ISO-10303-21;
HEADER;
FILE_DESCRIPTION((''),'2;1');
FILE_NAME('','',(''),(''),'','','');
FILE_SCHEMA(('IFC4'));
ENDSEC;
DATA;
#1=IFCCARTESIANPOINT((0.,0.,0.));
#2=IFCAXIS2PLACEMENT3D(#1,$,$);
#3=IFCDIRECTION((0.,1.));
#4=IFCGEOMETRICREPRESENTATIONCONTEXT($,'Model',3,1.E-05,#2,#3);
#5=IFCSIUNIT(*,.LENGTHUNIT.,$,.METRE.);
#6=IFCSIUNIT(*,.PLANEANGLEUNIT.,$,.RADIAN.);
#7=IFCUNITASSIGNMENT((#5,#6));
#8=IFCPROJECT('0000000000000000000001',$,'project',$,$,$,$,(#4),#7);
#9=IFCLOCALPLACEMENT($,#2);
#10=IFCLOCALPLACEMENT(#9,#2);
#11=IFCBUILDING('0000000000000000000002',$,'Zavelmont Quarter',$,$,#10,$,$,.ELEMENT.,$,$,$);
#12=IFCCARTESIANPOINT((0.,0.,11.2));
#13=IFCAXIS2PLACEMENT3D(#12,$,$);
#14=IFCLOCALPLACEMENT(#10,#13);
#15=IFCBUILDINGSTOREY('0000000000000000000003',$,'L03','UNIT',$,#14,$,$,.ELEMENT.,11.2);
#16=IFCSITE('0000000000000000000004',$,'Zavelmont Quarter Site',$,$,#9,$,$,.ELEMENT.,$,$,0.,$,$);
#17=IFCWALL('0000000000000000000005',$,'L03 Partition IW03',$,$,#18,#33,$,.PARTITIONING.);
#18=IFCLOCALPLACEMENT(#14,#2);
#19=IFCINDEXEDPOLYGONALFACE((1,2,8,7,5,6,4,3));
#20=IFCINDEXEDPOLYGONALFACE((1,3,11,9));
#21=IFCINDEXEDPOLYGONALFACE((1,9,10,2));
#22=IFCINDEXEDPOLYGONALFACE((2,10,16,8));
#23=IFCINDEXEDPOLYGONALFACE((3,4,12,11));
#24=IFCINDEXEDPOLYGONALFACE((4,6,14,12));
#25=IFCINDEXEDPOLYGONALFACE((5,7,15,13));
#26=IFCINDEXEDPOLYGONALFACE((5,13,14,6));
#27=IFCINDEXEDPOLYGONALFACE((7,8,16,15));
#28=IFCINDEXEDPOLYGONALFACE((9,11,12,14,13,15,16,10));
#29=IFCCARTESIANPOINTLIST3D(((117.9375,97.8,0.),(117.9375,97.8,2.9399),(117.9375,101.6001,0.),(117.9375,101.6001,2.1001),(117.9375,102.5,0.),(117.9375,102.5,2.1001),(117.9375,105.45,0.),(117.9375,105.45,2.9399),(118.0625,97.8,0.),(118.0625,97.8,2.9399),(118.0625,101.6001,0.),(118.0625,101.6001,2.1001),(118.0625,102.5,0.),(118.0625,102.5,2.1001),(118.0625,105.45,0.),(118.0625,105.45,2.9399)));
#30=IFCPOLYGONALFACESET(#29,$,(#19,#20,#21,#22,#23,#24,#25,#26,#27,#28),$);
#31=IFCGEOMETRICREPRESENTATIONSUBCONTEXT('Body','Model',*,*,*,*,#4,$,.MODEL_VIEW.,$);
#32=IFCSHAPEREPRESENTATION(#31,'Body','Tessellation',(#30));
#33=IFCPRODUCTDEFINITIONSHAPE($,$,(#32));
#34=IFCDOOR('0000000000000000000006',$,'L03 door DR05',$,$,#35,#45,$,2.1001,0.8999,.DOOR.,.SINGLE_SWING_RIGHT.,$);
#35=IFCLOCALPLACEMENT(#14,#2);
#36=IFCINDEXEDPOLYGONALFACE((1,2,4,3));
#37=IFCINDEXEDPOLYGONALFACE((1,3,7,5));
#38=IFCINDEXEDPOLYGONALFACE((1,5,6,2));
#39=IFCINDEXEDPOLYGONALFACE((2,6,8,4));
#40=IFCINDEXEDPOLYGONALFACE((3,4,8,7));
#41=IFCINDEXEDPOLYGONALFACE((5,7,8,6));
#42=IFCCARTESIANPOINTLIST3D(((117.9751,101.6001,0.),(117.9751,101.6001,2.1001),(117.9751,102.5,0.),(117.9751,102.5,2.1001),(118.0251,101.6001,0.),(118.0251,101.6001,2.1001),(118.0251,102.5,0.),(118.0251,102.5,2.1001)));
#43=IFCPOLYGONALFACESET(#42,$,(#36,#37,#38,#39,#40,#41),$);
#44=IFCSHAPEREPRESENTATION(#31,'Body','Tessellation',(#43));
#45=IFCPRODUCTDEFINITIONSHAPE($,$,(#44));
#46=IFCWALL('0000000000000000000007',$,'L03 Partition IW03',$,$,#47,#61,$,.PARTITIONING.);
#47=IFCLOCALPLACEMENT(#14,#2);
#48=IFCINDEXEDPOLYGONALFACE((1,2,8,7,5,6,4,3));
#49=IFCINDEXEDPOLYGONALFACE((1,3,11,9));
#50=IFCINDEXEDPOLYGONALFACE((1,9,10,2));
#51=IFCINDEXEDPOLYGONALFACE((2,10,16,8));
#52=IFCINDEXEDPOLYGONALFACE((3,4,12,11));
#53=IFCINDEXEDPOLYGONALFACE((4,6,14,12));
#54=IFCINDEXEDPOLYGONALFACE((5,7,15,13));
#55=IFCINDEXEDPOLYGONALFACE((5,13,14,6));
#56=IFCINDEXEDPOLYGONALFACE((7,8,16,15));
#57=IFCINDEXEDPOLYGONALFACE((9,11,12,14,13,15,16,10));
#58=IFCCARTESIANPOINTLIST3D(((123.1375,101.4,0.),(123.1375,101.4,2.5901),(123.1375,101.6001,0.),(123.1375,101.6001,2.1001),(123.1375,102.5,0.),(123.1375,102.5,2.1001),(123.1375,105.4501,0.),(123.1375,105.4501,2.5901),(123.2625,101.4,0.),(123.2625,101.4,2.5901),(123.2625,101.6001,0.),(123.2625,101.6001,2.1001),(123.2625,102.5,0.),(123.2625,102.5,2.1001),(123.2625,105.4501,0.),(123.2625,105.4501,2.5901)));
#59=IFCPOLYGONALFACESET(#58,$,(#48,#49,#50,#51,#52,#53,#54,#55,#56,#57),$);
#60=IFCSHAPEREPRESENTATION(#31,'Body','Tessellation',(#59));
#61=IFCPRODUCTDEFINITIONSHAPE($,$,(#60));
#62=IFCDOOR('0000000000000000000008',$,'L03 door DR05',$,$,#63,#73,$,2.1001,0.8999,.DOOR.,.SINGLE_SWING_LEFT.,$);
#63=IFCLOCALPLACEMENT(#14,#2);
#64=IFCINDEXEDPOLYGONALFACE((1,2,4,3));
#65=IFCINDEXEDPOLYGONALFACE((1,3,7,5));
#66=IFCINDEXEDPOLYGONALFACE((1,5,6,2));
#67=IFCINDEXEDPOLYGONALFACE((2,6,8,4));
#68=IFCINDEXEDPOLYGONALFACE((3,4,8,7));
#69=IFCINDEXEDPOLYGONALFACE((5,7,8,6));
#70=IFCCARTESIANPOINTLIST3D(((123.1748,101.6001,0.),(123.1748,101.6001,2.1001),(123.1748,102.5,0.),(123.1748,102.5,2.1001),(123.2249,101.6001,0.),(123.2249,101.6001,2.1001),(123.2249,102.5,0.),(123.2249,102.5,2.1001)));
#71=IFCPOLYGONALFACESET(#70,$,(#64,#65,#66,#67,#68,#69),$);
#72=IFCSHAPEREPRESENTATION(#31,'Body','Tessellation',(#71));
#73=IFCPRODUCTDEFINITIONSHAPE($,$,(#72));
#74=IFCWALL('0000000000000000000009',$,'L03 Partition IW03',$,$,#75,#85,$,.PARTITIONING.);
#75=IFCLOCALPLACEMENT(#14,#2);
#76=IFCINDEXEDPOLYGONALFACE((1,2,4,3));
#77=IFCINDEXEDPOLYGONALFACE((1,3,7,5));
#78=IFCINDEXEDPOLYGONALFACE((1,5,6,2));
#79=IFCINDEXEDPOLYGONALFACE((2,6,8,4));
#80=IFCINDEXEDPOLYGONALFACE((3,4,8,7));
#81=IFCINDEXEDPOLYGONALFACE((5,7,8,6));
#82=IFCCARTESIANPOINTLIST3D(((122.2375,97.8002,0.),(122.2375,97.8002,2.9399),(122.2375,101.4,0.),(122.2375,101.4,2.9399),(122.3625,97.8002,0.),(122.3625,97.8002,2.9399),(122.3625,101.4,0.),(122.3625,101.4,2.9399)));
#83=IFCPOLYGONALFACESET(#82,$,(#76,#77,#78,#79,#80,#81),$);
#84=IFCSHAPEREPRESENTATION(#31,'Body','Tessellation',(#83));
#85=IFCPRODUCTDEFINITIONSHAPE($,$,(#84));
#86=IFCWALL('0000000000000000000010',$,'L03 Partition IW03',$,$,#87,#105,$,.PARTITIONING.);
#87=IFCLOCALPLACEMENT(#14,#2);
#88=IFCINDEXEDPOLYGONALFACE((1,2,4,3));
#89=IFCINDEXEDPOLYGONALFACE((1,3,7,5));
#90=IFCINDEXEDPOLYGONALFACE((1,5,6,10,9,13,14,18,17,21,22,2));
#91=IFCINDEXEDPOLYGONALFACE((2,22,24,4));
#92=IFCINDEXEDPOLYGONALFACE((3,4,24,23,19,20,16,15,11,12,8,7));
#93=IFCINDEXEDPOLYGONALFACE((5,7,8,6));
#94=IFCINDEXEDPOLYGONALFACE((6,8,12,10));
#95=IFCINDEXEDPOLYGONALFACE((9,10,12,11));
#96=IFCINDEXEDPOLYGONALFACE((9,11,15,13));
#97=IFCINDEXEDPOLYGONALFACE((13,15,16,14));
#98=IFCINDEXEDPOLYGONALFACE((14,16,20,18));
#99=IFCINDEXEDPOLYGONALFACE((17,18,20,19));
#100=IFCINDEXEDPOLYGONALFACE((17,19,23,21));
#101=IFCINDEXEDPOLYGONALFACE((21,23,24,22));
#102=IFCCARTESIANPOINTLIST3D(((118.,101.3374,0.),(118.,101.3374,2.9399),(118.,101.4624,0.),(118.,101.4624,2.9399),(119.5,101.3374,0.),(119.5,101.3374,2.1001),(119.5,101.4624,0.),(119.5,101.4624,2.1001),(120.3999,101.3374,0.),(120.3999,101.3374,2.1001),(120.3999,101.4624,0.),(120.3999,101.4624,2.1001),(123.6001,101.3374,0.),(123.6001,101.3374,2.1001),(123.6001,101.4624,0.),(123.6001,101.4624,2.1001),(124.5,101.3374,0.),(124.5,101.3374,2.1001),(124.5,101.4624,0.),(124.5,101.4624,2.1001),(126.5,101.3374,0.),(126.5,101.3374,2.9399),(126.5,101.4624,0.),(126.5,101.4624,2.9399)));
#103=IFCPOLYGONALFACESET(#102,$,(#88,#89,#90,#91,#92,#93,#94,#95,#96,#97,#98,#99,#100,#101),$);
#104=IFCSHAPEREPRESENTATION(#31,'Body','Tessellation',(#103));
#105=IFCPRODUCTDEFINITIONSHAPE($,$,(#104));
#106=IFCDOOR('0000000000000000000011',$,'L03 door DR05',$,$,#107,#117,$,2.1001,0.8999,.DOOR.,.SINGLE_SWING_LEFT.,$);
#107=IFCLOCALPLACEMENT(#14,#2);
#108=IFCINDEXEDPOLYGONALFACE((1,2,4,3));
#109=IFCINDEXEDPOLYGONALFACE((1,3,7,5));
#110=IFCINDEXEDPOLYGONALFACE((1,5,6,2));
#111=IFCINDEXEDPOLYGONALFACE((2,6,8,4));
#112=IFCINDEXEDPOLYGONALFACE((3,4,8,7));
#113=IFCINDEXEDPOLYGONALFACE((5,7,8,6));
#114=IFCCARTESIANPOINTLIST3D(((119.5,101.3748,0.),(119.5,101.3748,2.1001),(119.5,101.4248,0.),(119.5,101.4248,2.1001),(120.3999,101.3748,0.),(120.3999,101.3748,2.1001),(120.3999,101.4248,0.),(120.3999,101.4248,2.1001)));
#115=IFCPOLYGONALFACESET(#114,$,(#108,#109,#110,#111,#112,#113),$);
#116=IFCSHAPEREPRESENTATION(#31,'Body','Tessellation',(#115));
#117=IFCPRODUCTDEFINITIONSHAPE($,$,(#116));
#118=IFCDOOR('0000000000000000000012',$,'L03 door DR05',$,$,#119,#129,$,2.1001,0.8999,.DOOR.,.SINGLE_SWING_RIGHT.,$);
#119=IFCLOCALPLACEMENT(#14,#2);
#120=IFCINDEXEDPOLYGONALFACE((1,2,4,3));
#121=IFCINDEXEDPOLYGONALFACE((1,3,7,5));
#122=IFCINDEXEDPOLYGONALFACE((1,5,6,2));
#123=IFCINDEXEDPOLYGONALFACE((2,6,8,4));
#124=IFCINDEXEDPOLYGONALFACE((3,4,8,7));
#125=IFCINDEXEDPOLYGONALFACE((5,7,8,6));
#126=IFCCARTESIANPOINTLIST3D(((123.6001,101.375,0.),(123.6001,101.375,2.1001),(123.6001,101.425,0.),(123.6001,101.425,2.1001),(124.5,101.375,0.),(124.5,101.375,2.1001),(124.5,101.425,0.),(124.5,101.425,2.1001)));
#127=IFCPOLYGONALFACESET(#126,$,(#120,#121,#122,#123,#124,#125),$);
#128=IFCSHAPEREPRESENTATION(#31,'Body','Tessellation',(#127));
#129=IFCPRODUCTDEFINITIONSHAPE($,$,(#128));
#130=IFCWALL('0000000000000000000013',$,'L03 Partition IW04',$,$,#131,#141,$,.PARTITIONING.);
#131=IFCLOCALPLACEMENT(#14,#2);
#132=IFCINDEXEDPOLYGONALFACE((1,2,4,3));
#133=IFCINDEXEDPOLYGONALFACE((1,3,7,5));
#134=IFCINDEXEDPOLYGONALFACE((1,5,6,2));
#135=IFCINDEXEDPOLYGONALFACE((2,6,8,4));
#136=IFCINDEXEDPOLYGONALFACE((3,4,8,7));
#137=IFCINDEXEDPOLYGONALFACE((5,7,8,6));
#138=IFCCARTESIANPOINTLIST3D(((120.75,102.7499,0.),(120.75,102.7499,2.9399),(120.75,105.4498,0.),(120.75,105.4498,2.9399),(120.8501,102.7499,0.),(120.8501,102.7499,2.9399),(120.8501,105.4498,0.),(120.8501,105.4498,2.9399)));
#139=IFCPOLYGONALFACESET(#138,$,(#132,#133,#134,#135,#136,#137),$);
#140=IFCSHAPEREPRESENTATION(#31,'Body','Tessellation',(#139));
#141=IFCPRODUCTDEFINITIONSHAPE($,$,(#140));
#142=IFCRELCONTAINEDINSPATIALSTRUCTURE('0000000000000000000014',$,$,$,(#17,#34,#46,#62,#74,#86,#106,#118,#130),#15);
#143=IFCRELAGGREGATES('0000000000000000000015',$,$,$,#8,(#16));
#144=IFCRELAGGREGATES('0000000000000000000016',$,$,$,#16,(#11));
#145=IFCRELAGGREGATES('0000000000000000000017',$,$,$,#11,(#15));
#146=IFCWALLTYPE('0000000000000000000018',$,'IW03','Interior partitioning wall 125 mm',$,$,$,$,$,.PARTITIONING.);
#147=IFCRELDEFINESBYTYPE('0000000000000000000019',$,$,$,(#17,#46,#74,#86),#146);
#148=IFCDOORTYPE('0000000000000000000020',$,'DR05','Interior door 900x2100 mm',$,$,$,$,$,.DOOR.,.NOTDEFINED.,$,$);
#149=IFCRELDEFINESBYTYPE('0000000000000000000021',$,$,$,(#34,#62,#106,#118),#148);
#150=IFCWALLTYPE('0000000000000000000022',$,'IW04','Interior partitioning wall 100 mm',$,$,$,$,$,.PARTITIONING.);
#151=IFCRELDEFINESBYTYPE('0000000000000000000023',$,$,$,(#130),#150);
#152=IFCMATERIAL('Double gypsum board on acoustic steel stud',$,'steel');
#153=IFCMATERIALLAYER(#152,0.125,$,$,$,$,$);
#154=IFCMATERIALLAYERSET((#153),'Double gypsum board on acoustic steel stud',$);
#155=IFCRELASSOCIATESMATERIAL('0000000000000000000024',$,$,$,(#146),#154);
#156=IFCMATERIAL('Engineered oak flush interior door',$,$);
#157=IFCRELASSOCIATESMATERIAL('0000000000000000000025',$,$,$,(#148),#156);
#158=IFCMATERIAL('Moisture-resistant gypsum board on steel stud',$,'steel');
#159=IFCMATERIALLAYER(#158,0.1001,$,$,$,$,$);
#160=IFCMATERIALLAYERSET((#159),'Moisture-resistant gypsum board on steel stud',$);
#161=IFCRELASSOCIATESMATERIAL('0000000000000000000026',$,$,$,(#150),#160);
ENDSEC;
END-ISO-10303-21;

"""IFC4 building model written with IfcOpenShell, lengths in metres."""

from ifc_helpers import new_model, si_unit, direction, frame, frame_2d, origin, origin_with_axes, place, context, subcontext, project, spatial, rectangle, extrude, material, layer, layer_set, type_object, element, fill, save


model = new_model("IFC4")

# Units and contexts
model_context = context("Model", 3, precision=1e-05, world=origin(), true_north=direction((0.0, 1.0)))
body_context = subcontext(model_context, "Body", "Model", "MODEL_VIEW")
ifc_project = project(units=[si_unit("LENGTHUNIT", "METRE"), si_unit("PLANEANGLEUNIT", "RADIAN")], contexts=[model_context])

# Site, building, storey
site_placement = place(None, origin())
site = spatial("IfcSite", under=ifc_project, at=site_placement, Name="Zavelmont Quarter Site", CompositionType="ELEMENT", RefElevation=0.0)
building_placement = place(site_placement, origin())
building = spatial("IfcBuilding", under=site, at=building_placement, Name="Zavelmont Quarter", CompositionType="ELEMENT")
storey_placement = place(building_placement, frame((0.0, 0.0, 11.2)))
storey = spatial("IfcBuildingStorey", under=building, at=storey_placement, Name="L03", Description="UNIT", CompositionType="ELEMENT", Elevation=11.2)

# Walls, openings, doors
ifc_material_1 = material(Name="Double gypsum board on acoustic steel stud", Category="steel")
ifc_layer_1 = layer(ifc_material_1, 0.125)
ifc_layer_set_1 = layer_set([ifc_layer_1], Name="Double gypsum board on acoustic steel stud")
wall_type_1 = type_object("IfcWallType", Name="IW03", Description="Interior partitioning wall 125 mm", PredefinedType="PARTITIONING", material=ifc_layer_set_1)
wall_1_placement = place(storey_placement, frame((118.0, 105.45, 0.0), z_axis=(0.0, 0.0, 1.0), x_axis=(0.0, -1.0, 0.0)))
wall_1 = element("IfcWall", 1, at=wall_1_placement, inside=storey, type_object=wall_type_1, Name="L03 Partition IW03", PredefinedType="PARTITIONING", context=body_context, shape_type="SweptSolid", body=[
    extrude(rectangle(XDim=7.6499, YDim=0.125, at=frame_2d((3.825, 0.0))), origin(), (0.0, 0.0, 1.0), 2.9399),
])
opening_1_placement = place(wall_1_placement, frame((2.95, 0.0, 0.0)))
opening_1 = element("IfcOpeningElement", 2, at=opening_1_placement, cuts=wall_1, PredefinedType="OPENING", context=body_context, shape_type="SweptSolid", body=[
    extrude(rectangle(XDim=0.8999, YDim=2.1001, at=frame_2d((0.45, 1.05))), frame((0.0, 0.0745, 0.0), z_axis=(0.0, -1.0, 0.0), x_axis=(1.0, 0.0, 0.0)), (0.0, 0.0, 1.0), 0.1489),
])
ifc_material_2 = material(Name="Engineered oak flush interior door")
door_type_1 = type_object("IfcDoorType", Name="DR05", Description="Interior door 900x2100 mm", OperationType="NOTDEFINED", PredefinedType="DOOR", material=ifc_material_2)
door_1_placement = place(opening_1_placement, frame((0.8999, 0.0, 0.0), z_axis=(0.0, 0.0, 1.0), x_axis=(-1.0, 0.0, 0.0)))
door_1 = element("IfcDoor", 3, at=door_1_placement, inside=storey, type_object=door_type_1, Name="L03 door DR05", OperationType="SINGLE_SWING_RIGHT", OverallHeight=2.1001, OverallWidth=0.8999, PredefinedType="DOOR", context=body_context, shape_type="SweptSolid", body=[
    extrude(rectangle(XDim=0.8999, YDim=2.1001, at=frame_2d((0.45, 1.05))), frame((0.0, 0.0249, 0.0), z_axis=(0.0, -1.0, 0.0), x_axis=(1.0, 0.0, 0.0)), (0.0, 0.0, 1.0), 0.05),
])
fill(opening_1, door_1)
wall_2_placement = place(storey_placement, frame((123.2, 105.45, 0.0), z_axis=(0.0, 0.0, 1.0), x_axis=(0.0, -1.0, 0.0)))
wall_2 = element("IfcWall", 4, at=wall_2_placement, inside=storey, type_object=wall_type_1, Name="L03 Partition IW03", PredefinedType="PARTITIONING", context=body_context, shape_type="SweptSolid", body=[
    extrude(rectangle(XDim=4.05, YDim=0.125, at=frame_2d((2.0249, 0.0))), origin(), (0.0, 0.0, 1.0), 2.5901),
])
opening_2_placement = place(wall_2_placement, frame((2.95, 0.0, 0.0)))
opening_2 = element("IfcOpeningElement", 5, at=opening_2_placement, cuts=wall_2, PredefinedType="OPENING", context=body_context, shape_type="SweptSolid", body=[
    extrude(rectangle(XDim=0.8999, YDim=2.1001, at=frame_2d((0.45, 1.05))), frame((0.0, 0.0745, 0.0), z_axis=(0.0, -1.0, 0.0), x_axis=(1.0, 0.0, 0.0)), (0.0, 0.0, 1.0), 0.1489),
])
door_2_placement = place(opening_2_placement, origin_with_axes())
door_2 = element("IfcDoor", 6, at=door_2_placement, inside=storey, type_object=door_type_1, Name="L03 door DR05", OperationType="SINGLE_SWING_LEFT", OverallHeight=2.1001, OverallWidth=0.8999, PredefinedType="DOOR", context=body_context, shape_type="SweptSolid", body=[
    extrude(rectangle(XDim=0.8999, YDim=2.1001, at=frame_2d((0.45, 1.05))), frame((0.0, 0.0249, 0.0), z_axis=(0.0, -1.0, 0.0), x_axis=(1.0, 0.0, 0.0)), (0.0, 0.0, 1.0), 0.05),
])
fill(opening_2, door_2)

# Wall
wall_3_placement = place(storey_placement, frame((122.3, 101.3999, 0.0), z_axis=(0.0, 0.0, 1.0), x_axis=(0.0, -1.0, 0.0)))
element("IfcWall", 7, at=wall_3_placement, inside=storey, type_object=wall_type_1, Name="L03 Partition IW03", PredefinedType="PARTITIONING", context=body_context, shape_type="SweptSolid", body=[
    extrude(rectangle(XDim=3.5999, YDim=0.125, at=frame_2d((1.7998, 0.0))), origin(), (0.0, 0.0, 1.0), 2.9399),
])

# Wall, openings, doors
wall_4_placement = place(storey_placement, frame((118.0, 101.3999, 0.0), z_axis=(0.0, 0.0, 1.0), x_axis=(1.0, 0.0, 0.0)))
wall_4 = element("IfcWall", 8, at=wall_4_placement, inside=storey, type_object=wall_type_1, Name="L03 Partition IW03", PredefinedType="PARTITIONING", context=body_context, shape_type="SweptSolid", body=[
    extrude(rectangle(XDim=8.5, YDim=0.125, at=frame_2d((4.25, 0.0))), origin(), (0.0, 0.0, 1.0), 2.9399),
])
opening_3_placement = place(wall_4_placement, frame((1.5, 0.0, 0.0)))
opening_3 = element("IfcOpeningElement", 9, at=opening_3_placement, cuts=wall_4, PredefinedType="OPENING", context=body_context, shape_type="SweptSolid", body=[
    extrude(rectangle(XDim=0.8999, YDim=2.1001, at=frame_2d((0.45, 1.05))), frame((0.0, 0.0745, 0.0), z_axis=(0.0, -1.0, 0.0), x_axis=(1.0, 0.0, 0.0)), (0.0, 0.0, 1.0), 0.1489),
])
opening_4_placement = place(wall_4_placement, frame((5.6001, 0.0, 0.0)))
opening_4 = element("IfcOpeningElement", 10, at=opening_4_placement, cuts=wall_4, PredefinedType="OPENING", context=body_context, shape_type="SweptSolid", body=[
    extrude(rectangle(XDim=0.8999, YDim=2.1001, at=frame_2d((0.45, 1.05))), frame((0.0, 0.0745, 0.0), z_axis=(0.0, -1.0, 0.0), x_axis=(1.0, 0.0, 0.0)), (0.0, 0.0, 1.0), 0.1489),
])
door_3_placement = place(opening_3_placement, origin_with_axes())
door_3 = element("IfcDoor", 11, at=door_3_placement, inside=storey, type_object=door_type_1, Name="L03 door DR05", OperationType="SINGLE_SWING_LEFT", OverallHeight=2.1001, OverallWidth=0.8999, PredefinedType="DOOR", context=body_context, shape_type="SweptSolid", body=[
    extrude(rectangle(XDim=0.8999, YDim=2.1001, at=frame_2d((0.45, 1.05))), frame((0.0, 0.0249, 0.0), z_axis=(0.0, -1.0, 0.0), x_axis=(1.0, 0.0, 0.0)), (0.0, 0.0, 1.0), 0.05),
])
fill(opening_3, door_3)
door_4_placement = place(opening_4_placement, frame((0.8999, 0.0, 0.0), z_axis=(0.0, 0.0, 1.0), x_axis=(-1.0, 0.0, 0.0)))
door_4 = element("IfcDoor", 12, at=door_4_placement, inside=storey, type_object=door_type_1, Name="L03 door DR05", OperationType="SINGLE_SWING_RIGHT", OverallHeight=2.1001, OverallWidth=0.8999, PredefinedType="DOOR", context=body_context, shape_type="SweptSolid", body=[
    extrude(rectangle(XDim=0.8999, YDim=2.1001, at=frame_2d((0.45, 1.05))), frame((0.0, 0.0249, 0.0), z_axis=(0.0, -1.0, 0.0), x_axis=(1.0, 0.0, 0.0)), (0.0, 0.0, 1.0), 0.05),
])
fill(opening_4, door_4)

# Wall
ifc_material_3 = material(Name="Moisture-resistant gypsum board on steel stud", Category="steel")
ifc_layer_2 = layer(ifc_material_3, 0.1001)
ifc_layer_set_2 = layer_set([ifc_layer_2], Name="Moisture-resistant gypsum board on steel stud")
wall_type_2 = type_object("IfcWallType", Name="IW04", Description="Interior partitioning wall 100 mm", PredefinedType="PARTITIONING", material=ifc_layer_set_2)
wall_5_placement = place(storey_placement, frame((120.8, 105.45, 0.0), z_axis=(0.0, 0.0, 1.0), x_axis=(0.0, -1.0, 0.0)))
element("IfcWall", 13, at=wall_5_placement, inside=storey, type_object=wall_type_2, Name="L03 Partition IW04", PredefinedType="PARTITIONING", context=body_context, shape_type="SweptSolid", body=[
    extrude(rectangle(XDim=2.7, YDim=0.1001, at=frame_2d((1.3501, 0.0))), origin(), (0.0, 0.0, 1.0), 2.9399),
])

save(model, "model.ifc")
